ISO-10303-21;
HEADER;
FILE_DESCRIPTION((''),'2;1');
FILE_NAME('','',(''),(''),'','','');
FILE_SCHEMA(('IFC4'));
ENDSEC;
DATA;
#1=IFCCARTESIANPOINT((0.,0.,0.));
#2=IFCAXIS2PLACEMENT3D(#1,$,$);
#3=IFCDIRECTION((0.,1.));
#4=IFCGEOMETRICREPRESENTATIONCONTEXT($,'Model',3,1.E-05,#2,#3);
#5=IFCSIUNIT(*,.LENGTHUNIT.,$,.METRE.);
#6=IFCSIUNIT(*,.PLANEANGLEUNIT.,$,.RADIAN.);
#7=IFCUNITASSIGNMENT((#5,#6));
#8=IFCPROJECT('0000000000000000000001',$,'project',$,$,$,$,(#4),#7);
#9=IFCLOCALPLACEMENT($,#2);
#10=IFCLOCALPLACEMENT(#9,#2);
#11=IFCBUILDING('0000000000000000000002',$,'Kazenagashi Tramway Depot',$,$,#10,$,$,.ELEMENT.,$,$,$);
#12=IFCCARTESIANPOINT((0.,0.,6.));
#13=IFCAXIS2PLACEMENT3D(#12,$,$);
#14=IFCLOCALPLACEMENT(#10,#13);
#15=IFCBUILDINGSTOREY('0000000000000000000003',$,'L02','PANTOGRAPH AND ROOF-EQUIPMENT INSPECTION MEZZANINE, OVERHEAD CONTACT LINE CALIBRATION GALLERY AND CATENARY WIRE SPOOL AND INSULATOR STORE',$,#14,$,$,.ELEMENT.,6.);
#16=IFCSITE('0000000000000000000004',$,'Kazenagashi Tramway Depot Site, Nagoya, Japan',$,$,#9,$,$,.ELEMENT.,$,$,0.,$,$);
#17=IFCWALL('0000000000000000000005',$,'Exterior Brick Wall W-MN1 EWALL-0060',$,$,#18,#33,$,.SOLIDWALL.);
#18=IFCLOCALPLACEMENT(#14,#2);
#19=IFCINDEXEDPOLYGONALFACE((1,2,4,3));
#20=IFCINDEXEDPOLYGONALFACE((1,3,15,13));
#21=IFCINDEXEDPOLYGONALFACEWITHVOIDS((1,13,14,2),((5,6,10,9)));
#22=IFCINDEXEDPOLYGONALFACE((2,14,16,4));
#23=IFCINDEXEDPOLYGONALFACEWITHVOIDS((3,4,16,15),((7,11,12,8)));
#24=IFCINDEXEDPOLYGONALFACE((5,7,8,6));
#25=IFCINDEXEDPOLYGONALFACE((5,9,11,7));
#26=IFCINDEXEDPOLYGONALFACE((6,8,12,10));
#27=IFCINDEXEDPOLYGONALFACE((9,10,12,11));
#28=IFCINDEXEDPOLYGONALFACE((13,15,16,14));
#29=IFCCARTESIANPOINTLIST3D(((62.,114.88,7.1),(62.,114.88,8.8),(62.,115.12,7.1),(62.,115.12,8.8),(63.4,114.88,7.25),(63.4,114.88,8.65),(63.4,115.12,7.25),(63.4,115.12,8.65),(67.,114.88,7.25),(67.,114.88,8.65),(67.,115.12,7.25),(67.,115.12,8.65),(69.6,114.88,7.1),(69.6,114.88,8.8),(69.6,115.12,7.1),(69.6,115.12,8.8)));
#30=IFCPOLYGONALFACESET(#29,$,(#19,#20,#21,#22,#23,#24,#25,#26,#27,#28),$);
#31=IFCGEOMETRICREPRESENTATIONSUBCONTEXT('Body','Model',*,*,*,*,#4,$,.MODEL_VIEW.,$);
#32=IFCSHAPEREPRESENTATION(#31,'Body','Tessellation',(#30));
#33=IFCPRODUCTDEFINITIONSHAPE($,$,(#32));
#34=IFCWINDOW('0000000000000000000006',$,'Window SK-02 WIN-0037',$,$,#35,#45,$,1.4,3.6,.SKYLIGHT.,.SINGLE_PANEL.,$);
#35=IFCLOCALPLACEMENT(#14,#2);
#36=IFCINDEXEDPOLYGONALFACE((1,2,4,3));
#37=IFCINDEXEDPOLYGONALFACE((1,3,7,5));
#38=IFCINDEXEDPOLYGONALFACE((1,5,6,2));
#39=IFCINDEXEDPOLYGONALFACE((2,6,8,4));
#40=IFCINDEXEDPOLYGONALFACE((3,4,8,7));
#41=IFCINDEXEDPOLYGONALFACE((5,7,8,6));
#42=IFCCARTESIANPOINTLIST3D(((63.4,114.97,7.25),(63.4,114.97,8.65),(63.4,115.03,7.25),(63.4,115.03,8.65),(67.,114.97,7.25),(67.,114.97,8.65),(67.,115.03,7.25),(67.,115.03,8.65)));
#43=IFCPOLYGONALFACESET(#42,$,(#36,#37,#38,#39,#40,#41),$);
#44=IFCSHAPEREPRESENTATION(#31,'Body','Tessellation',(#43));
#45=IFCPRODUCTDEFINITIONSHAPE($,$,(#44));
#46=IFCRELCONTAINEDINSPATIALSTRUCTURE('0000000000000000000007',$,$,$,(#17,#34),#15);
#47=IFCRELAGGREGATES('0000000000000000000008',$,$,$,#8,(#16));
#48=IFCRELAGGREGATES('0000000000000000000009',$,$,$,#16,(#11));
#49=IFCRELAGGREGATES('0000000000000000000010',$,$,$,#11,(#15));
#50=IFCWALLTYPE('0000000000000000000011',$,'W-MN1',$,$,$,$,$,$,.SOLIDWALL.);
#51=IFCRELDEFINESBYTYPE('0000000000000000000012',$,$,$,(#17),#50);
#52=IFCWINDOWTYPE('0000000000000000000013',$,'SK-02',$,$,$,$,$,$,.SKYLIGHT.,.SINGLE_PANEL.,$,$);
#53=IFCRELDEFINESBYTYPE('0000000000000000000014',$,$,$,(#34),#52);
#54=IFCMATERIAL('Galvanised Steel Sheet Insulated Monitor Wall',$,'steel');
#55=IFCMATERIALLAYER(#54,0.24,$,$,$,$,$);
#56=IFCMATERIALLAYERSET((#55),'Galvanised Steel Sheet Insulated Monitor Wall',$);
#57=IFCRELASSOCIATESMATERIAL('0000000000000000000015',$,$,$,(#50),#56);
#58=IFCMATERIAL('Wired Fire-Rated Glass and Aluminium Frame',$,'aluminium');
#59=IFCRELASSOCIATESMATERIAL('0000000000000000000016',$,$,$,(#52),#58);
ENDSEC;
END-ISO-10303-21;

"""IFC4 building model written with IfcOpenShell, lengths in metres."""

from ifc_helpers import new_model, si_unit, direction, frame, frame_2d, origin, place, context, subcontext, project, spatial, rectangle, extrude, material, layer, layer_set, type_object, element, fill, save


model = new_model("IFC4")

# Units and contexts
model_context = context("Model", 3, precision=1e-05, world=origin(), true_north=direction((0.0, 1.0)))
body_context = subcontext(model_context, "Body", "Model", "MODEL_VIEW")
ifc_project = project(units=[si_unit("LENGTHUNIT", "METRE"), si_unit("PLANEANGLEUNIT", "RADIAN")], contexts=[model_context])

# Site, building, storey
site_placement = place(None, origin())
site = spatial("IfcSite", under=ifc_project, at=site_placement, Name="Kazenagashi Tramway Depot Site, Nagoya, Japan", CompositionType="ELEMENT", RefElevation=0.0)
building_placement = place(site_placement, origin())
building = spatial("IfcBuilding", under=site, at=building_placement, Name="Kazenagashi Tramway Depot", CompositionType="ELEMENT")
storey_placement = place(building_placement, frame((0.0, 0.0, 6.0)))
storey = spatial("IfcBuildingStorey", under=building, at=storey_placement, Name="L02", Description="PANTOGRAPH AND ROOF-EQUIPMENT INSPECTION MEZZANINE, OVERHEAD CONTACT LINE CALIBRATION GALLERY AND CATENARY WIRE SPOOL AND INSULATOR STORE", CompositionType="ELEMENT", Elevation=6.0)

# Wall, opening, window
ifc_material_1 = material(Name="Galvanised Steel Sheet Insulated Monitor Wall", Category="steel")
ifc_layer_1 = layer(ifc_material_1, 0.24)
ifc_layer_set_1 = layer_set([ifc_layer_1], Name="Galvanised Steel Sheet Insulated Monitor Wall")
wall_type = type_object("IfcWallType", Name="W-MN1", PredefinedType="SOLIDWALL", material=ifc_layer_set_1)
wall_placement = place(storey_placement, frame((62.0, 115.0, 7.1), z_axis=(0.0, 0.0, 1.0), x_axis=(1.0, 0.0, 0.0)))
wall = element("IfcWall", 1, at=wall_placement, inside=storey, type_object=wall_type, Name="Exterior Brick Wall W-MN1 EWALL-0060", PredefinedType="SOLIDWALL", context=body_context, shape_type="SweptSolid", body=[
    extrude(rectangle(XDim=7.6, YDim=0.24, at=frame_2d((3.8, 0.0))), origin(), (0.0, 0.0, 1.0), 1.7),
])
opening_placement = place(wall_placement, frame((1.4, 0.0, 0.15)))
opening = element("IfcOpeningElement", 2, at=opening_placement, cuts=wall, PredefinedType="OPENING", context=body_context, shape_type="SweptSolid", body=[
    extrude(rectangle(XDim=3.6, YDim=1.4, at=frame_2d((1.8, 0.7))), frame((0.0, 0.13, 0.0), z_axis=(0.0, -1.0, 0.0), x_axis=(1.0, 0.0, 0.0)), (0.0, 0.0, 1.0), 0.26),
])
ifc_material_2 = material(Name="Wired Fire-Rated Glass and Aluminium Frame", Category="aluminium")
window_type = type_object("IfcWindowType", Name="SK-02", PartitioningType="SINGLE_PANEL", PredefinedType="SKYLIGHT", material=ifc_material_2)
window_placement = place(opening_placement, origin())
window = element("IfcWindow", 3, at=window_placement, inside=storey, type_object=window_type, Name="Window SK-02 WIN-0037", OverallHeight=1.4, OverallWidth=3.6, PartitioningType="SINGLE_PANEL", PredefinedType="SKYLIGHT", context=body_context, shape_type="SweptSolid", body=[
    extrude(rectangle(XDim=3.6, YDim=1.4, at=frame_2d((1.8, 0.7))), frame((0.0, 0.03, 0.0), z_axis=(0.0, -1.0, 0.0), x_axis=(1.0, 0.0, 0.0)), (0.0, 0.0, 1.0), 0.06),
])
fill(opening, window)

save(model, "model.ifc")
